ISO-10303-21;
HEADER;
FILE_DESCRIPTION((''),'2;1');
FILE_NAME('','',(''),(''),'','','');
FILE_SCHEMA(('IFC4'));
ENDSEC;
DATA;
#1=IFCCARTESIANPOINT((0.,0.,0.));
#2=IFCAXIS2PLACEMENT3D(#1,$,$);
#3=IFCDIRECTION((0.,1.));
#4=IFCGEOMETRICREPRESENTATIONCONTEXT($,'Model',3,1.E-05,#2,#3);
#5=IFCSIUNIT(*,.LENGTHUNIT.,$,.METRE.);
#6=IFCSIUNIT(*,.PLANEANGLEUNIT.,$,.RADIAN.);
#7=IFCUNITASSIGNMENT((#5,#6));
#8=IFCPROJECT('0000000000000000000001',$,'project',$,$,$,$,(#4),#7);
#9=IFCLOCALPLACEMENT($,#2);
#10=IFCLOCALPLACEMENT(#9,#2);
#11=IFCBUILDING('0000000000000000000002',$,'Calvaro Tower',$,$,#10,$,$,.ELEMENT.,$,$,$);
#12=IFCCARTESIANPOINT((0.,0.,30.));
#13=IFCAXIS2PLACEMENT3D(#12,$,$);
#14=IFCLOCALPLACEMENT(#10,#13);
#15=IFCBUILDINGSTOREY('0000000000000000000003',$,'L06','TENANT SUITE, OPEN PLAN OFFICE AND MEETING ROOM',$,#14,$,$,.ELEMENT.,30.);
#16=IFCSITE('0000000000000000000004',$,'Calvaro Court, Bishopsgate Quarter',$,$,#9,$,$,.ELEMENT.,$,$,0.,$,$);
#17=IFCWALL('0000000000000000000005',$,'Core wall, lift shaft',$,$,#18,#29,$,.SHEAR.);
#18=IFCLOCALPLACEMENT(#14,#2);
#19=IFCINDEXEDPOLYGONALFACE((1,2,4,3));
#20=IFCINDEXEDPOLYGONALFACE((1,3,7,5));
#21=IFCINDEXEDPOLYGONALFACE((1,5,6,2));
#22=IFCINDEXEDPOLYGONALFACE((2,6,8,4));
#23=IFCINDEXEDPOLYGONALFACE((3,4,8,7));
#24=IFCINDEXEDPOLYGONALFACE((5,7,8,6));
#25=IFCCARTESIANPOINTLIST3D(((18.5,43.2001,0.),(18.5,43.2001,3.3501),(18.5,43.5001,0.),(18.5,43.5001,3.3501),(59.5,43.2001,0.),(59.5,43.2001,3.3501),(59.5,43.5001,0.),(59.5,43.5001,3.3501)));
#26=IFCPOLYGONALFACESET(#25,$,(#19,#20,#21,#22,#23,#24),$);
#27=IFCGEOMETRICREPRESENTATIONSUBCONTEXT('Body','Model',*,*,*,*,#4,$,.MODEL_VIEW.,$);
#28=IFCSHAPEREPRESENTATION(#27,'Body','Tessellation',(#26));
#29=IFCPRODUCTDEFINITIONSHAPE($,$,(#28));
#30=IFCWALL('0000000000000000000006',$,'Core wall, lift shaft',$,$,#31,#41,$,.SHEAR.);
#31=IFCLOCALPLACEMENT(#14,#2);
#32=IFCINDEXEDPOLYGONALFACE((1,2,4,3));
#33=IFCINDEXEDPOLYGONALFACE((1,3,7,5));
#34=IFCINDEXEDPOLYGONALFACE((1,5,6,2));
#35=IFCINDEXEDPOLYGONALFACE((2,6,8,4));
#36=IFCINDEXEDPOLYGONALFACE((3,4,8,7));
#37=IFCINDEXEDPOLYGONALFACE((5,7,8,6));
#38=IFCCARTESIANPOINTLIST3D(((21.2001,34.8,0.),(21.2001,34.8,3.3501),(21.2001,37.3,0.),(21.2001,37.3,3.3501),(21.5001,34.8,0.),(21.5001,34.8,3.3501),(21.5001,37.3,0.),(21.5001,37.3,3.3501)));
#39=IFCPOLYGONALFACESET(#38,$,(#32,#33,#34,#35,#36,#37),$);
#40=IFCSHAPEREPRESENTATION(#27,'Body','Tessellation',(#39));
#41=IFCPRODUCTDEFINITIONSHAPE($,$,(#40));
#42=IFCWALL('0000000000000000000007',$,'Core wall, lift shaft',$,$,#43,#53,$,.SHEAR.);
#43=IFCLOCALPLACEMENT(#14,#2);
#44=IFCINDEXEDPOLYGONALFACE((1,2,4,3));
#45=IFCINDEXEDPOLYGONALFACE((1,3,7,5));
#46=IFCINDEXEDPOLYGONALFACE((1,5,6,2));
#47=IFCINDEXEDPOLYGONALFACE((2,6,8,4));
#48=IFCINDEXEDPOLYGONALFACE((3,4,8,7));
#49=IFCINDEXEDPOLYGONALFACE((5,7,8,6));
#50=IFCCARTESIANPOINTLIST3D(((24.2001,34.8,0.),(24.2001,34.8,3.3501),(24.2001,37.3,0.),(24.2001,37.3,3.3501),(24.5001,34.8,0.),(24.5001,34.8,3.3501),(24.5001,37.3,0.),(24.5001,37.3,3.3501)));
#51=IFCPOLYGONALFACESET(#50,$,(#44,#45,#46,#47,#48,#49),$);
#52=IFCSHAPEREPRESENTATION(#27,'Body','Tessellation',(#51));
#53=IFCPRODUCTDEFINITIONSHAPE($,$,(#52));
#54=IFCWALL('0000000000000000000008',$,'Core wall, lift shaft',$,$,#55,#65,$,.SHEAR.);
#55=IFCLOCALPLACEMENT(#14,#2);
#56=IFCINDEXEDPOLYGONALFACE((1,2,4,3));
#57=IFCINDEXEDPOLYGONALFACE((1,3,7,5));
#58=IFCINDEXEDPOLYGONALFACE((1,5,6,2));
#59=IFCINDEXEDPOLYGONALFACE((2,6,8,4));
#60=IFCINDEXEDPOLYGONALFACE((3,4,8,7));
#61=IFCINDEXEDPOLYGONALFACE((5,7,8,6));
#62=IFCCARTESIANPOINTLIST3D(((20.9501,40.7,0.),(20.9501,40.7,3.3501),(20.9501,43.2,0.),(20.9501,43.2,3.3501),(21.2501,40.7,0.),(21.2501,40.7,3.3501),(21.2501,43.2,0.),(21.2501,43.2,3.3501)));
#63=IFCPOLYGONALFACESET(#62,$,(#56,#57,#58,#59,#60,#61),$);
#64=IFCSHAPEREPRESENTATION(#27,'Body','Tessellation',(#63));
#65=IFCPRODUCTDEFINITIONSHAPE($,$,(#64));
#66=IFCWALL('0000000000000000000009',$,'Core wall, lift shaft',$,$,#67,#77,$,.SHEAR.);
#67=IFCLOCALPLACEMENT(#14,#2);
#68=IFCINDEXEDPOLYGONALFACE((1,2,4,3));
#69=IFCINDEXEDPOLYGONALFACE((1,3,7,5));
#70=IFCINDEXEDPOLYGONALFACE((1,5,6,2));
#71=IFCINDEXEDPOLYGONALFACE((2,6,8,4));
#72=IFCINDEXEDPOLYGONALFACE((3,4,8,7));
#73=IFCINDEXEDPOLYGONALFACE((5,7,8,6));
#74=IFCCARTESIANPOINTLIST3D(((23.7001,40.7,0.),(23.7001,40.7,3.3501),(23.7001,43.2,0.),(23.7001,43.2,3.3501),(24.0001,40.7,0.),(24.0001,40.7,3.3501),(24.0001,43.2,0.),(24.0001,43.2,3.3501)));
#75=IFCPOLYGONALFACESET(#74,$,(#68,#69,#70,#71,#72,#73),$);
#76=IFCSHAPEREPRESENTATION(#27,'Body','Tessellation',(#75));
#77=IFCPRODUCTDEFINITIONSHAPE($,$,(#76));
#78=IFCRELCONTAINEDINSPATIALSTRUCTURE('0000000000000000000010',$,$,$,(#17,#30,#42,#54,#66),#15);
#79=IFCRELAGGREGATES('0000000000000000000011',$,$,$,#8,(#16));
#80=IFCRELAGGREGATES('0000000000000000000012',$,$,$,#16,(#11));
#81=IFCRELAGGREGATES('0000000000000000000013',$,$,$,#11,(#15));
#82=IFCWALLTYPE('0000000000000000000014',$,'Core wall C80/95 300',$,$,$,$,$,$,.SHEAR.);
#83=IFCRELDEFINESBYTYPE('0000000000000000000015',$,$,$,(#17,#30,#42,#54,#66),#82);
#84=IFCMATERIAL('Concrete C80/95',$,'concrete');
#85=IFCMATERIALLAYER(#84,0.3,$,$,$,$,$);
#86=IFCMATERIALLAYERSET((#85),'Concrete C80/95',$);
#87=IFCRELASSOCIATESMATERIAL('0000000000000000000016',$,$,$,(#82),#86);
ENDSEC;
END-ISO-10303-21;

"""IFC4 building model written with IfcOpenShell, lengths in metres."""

from ifc_helpers import new_model, si_unit, direction, frame, frame_2d, origin, place, context, subcontext, project, spatial, rectangle, extrude, material, layer, layer_set, type_object, element, save


model = new_model("IFC4")

# Units and contexts
model_context = context("Model", 3, precision=1e-05, world=origin(), true_north=direction((0.0, 1.0)))
body_context = subcontext(model_context, "Body", "Model", "MODEL_VIEW")
ifc_project = project(units=[si_unit("LENGTHUNIT", "METRE"), si_unit("PLANEANGLEUNIT", "RADIAN")], contexts=[model_context])

# Site, building, storey
site_placement = place(None, origin())
site = spatial("IfcSite", under=ifc_project, at=site_placement, Name="Calvaro Court, Bishopsgate Quarter", CompositionType="ELEMENT", RefElevation=0.0)
building_placement = place(site_placement, origin())
building = spatial("IfcBuilding", under=site, at=building_placement, Name="Calvaro Tower", CompositionType="ELEMENT")
storey_placement = place(building_placement, frame((0.0, 0.0, 30.0)))
storey = spatial("IfcBuildingStorey", under=building, at=storey_placement, Name="L06", Description="TENANT SUITE, OPEN PLAN OFFICE AND MEETING ROOM", CompositionType="ELEMENT", Elevation=30.0)

# Shared definitions
ifc_material_1 = material(Name="Concrete C80/95", Category="concrete")
ifc_layer_1 = layer(ifc_material_1, 0.3)
ifc_layer_set_1 = layer_set([ifc_layer_1], Name="Concrete C80/95")
wall_type_1 = type_object("IfcWallType", Name="Core wall C80/95 300", PredefinedType="SHEAR", material=ifc_layer_set_1)

# Walls
wall_1_placement = place(storey_placement, frame((18.5, 43.3501, 0.0), z_axis=(0.0, 0.0, 1.0), x_axis=(1.0, 0.0, 0.0)))
element("IfcWall", 1, at=wall_1_placement, inside=storey, type_object=wall_type_1, Name="Core wall, lift shaft", PredefinedType="SHEAR", context=body_context, shape_type="SweptSolid", body=[
    extrude(rectangle(XDim=41.0, YDim=0.3, at=frame_2d((20.5, 0.0))), origin(), (0.0, 0.0, 1.0), 3.3501),
])
for number, where, z_axis, x_axis, name in (
    (2, (21.3501, 34.8, 0.0), (0.0, 0.0, 1.0), (0.0, 1.0, 0.0), "Core wall, lift shaft"),
    (3, (24.3501, 34.8, 0.0), (0.0, 0.0, 1.0), (0.0, 1.0, 0.0), "Core wall, lift shaft"),
    (4, (21.1001, 40.7, 0.0), (0.0, 0.0, 1.0), (0.0, 1.0, 0.0), "Core wall, lift shaft"),
    (5, (23.8501, 40.7, 0.0), (0.0, 0.0, 1.0), (0.0, 1.0, 0.0), "Core wall, lift shaft"),
):
    element("IfcWall", number, at=place(storey_placement, frame(where, z_axis=z_axis, x_axis=x_axis)), inside=storey, type_object=wall_type_1, Name=name, PredefinedType="SHEAR", context=body_context, shape_type="SweptSolid", body=[
        extrude(rectangle(XDim=2.5, YDim=0.3, at=frame_2d((1.25, 0.0))), origin(), (0.0, 0.0, 1.0), 3.3501),
    ])

save(model, "model.ifc")
